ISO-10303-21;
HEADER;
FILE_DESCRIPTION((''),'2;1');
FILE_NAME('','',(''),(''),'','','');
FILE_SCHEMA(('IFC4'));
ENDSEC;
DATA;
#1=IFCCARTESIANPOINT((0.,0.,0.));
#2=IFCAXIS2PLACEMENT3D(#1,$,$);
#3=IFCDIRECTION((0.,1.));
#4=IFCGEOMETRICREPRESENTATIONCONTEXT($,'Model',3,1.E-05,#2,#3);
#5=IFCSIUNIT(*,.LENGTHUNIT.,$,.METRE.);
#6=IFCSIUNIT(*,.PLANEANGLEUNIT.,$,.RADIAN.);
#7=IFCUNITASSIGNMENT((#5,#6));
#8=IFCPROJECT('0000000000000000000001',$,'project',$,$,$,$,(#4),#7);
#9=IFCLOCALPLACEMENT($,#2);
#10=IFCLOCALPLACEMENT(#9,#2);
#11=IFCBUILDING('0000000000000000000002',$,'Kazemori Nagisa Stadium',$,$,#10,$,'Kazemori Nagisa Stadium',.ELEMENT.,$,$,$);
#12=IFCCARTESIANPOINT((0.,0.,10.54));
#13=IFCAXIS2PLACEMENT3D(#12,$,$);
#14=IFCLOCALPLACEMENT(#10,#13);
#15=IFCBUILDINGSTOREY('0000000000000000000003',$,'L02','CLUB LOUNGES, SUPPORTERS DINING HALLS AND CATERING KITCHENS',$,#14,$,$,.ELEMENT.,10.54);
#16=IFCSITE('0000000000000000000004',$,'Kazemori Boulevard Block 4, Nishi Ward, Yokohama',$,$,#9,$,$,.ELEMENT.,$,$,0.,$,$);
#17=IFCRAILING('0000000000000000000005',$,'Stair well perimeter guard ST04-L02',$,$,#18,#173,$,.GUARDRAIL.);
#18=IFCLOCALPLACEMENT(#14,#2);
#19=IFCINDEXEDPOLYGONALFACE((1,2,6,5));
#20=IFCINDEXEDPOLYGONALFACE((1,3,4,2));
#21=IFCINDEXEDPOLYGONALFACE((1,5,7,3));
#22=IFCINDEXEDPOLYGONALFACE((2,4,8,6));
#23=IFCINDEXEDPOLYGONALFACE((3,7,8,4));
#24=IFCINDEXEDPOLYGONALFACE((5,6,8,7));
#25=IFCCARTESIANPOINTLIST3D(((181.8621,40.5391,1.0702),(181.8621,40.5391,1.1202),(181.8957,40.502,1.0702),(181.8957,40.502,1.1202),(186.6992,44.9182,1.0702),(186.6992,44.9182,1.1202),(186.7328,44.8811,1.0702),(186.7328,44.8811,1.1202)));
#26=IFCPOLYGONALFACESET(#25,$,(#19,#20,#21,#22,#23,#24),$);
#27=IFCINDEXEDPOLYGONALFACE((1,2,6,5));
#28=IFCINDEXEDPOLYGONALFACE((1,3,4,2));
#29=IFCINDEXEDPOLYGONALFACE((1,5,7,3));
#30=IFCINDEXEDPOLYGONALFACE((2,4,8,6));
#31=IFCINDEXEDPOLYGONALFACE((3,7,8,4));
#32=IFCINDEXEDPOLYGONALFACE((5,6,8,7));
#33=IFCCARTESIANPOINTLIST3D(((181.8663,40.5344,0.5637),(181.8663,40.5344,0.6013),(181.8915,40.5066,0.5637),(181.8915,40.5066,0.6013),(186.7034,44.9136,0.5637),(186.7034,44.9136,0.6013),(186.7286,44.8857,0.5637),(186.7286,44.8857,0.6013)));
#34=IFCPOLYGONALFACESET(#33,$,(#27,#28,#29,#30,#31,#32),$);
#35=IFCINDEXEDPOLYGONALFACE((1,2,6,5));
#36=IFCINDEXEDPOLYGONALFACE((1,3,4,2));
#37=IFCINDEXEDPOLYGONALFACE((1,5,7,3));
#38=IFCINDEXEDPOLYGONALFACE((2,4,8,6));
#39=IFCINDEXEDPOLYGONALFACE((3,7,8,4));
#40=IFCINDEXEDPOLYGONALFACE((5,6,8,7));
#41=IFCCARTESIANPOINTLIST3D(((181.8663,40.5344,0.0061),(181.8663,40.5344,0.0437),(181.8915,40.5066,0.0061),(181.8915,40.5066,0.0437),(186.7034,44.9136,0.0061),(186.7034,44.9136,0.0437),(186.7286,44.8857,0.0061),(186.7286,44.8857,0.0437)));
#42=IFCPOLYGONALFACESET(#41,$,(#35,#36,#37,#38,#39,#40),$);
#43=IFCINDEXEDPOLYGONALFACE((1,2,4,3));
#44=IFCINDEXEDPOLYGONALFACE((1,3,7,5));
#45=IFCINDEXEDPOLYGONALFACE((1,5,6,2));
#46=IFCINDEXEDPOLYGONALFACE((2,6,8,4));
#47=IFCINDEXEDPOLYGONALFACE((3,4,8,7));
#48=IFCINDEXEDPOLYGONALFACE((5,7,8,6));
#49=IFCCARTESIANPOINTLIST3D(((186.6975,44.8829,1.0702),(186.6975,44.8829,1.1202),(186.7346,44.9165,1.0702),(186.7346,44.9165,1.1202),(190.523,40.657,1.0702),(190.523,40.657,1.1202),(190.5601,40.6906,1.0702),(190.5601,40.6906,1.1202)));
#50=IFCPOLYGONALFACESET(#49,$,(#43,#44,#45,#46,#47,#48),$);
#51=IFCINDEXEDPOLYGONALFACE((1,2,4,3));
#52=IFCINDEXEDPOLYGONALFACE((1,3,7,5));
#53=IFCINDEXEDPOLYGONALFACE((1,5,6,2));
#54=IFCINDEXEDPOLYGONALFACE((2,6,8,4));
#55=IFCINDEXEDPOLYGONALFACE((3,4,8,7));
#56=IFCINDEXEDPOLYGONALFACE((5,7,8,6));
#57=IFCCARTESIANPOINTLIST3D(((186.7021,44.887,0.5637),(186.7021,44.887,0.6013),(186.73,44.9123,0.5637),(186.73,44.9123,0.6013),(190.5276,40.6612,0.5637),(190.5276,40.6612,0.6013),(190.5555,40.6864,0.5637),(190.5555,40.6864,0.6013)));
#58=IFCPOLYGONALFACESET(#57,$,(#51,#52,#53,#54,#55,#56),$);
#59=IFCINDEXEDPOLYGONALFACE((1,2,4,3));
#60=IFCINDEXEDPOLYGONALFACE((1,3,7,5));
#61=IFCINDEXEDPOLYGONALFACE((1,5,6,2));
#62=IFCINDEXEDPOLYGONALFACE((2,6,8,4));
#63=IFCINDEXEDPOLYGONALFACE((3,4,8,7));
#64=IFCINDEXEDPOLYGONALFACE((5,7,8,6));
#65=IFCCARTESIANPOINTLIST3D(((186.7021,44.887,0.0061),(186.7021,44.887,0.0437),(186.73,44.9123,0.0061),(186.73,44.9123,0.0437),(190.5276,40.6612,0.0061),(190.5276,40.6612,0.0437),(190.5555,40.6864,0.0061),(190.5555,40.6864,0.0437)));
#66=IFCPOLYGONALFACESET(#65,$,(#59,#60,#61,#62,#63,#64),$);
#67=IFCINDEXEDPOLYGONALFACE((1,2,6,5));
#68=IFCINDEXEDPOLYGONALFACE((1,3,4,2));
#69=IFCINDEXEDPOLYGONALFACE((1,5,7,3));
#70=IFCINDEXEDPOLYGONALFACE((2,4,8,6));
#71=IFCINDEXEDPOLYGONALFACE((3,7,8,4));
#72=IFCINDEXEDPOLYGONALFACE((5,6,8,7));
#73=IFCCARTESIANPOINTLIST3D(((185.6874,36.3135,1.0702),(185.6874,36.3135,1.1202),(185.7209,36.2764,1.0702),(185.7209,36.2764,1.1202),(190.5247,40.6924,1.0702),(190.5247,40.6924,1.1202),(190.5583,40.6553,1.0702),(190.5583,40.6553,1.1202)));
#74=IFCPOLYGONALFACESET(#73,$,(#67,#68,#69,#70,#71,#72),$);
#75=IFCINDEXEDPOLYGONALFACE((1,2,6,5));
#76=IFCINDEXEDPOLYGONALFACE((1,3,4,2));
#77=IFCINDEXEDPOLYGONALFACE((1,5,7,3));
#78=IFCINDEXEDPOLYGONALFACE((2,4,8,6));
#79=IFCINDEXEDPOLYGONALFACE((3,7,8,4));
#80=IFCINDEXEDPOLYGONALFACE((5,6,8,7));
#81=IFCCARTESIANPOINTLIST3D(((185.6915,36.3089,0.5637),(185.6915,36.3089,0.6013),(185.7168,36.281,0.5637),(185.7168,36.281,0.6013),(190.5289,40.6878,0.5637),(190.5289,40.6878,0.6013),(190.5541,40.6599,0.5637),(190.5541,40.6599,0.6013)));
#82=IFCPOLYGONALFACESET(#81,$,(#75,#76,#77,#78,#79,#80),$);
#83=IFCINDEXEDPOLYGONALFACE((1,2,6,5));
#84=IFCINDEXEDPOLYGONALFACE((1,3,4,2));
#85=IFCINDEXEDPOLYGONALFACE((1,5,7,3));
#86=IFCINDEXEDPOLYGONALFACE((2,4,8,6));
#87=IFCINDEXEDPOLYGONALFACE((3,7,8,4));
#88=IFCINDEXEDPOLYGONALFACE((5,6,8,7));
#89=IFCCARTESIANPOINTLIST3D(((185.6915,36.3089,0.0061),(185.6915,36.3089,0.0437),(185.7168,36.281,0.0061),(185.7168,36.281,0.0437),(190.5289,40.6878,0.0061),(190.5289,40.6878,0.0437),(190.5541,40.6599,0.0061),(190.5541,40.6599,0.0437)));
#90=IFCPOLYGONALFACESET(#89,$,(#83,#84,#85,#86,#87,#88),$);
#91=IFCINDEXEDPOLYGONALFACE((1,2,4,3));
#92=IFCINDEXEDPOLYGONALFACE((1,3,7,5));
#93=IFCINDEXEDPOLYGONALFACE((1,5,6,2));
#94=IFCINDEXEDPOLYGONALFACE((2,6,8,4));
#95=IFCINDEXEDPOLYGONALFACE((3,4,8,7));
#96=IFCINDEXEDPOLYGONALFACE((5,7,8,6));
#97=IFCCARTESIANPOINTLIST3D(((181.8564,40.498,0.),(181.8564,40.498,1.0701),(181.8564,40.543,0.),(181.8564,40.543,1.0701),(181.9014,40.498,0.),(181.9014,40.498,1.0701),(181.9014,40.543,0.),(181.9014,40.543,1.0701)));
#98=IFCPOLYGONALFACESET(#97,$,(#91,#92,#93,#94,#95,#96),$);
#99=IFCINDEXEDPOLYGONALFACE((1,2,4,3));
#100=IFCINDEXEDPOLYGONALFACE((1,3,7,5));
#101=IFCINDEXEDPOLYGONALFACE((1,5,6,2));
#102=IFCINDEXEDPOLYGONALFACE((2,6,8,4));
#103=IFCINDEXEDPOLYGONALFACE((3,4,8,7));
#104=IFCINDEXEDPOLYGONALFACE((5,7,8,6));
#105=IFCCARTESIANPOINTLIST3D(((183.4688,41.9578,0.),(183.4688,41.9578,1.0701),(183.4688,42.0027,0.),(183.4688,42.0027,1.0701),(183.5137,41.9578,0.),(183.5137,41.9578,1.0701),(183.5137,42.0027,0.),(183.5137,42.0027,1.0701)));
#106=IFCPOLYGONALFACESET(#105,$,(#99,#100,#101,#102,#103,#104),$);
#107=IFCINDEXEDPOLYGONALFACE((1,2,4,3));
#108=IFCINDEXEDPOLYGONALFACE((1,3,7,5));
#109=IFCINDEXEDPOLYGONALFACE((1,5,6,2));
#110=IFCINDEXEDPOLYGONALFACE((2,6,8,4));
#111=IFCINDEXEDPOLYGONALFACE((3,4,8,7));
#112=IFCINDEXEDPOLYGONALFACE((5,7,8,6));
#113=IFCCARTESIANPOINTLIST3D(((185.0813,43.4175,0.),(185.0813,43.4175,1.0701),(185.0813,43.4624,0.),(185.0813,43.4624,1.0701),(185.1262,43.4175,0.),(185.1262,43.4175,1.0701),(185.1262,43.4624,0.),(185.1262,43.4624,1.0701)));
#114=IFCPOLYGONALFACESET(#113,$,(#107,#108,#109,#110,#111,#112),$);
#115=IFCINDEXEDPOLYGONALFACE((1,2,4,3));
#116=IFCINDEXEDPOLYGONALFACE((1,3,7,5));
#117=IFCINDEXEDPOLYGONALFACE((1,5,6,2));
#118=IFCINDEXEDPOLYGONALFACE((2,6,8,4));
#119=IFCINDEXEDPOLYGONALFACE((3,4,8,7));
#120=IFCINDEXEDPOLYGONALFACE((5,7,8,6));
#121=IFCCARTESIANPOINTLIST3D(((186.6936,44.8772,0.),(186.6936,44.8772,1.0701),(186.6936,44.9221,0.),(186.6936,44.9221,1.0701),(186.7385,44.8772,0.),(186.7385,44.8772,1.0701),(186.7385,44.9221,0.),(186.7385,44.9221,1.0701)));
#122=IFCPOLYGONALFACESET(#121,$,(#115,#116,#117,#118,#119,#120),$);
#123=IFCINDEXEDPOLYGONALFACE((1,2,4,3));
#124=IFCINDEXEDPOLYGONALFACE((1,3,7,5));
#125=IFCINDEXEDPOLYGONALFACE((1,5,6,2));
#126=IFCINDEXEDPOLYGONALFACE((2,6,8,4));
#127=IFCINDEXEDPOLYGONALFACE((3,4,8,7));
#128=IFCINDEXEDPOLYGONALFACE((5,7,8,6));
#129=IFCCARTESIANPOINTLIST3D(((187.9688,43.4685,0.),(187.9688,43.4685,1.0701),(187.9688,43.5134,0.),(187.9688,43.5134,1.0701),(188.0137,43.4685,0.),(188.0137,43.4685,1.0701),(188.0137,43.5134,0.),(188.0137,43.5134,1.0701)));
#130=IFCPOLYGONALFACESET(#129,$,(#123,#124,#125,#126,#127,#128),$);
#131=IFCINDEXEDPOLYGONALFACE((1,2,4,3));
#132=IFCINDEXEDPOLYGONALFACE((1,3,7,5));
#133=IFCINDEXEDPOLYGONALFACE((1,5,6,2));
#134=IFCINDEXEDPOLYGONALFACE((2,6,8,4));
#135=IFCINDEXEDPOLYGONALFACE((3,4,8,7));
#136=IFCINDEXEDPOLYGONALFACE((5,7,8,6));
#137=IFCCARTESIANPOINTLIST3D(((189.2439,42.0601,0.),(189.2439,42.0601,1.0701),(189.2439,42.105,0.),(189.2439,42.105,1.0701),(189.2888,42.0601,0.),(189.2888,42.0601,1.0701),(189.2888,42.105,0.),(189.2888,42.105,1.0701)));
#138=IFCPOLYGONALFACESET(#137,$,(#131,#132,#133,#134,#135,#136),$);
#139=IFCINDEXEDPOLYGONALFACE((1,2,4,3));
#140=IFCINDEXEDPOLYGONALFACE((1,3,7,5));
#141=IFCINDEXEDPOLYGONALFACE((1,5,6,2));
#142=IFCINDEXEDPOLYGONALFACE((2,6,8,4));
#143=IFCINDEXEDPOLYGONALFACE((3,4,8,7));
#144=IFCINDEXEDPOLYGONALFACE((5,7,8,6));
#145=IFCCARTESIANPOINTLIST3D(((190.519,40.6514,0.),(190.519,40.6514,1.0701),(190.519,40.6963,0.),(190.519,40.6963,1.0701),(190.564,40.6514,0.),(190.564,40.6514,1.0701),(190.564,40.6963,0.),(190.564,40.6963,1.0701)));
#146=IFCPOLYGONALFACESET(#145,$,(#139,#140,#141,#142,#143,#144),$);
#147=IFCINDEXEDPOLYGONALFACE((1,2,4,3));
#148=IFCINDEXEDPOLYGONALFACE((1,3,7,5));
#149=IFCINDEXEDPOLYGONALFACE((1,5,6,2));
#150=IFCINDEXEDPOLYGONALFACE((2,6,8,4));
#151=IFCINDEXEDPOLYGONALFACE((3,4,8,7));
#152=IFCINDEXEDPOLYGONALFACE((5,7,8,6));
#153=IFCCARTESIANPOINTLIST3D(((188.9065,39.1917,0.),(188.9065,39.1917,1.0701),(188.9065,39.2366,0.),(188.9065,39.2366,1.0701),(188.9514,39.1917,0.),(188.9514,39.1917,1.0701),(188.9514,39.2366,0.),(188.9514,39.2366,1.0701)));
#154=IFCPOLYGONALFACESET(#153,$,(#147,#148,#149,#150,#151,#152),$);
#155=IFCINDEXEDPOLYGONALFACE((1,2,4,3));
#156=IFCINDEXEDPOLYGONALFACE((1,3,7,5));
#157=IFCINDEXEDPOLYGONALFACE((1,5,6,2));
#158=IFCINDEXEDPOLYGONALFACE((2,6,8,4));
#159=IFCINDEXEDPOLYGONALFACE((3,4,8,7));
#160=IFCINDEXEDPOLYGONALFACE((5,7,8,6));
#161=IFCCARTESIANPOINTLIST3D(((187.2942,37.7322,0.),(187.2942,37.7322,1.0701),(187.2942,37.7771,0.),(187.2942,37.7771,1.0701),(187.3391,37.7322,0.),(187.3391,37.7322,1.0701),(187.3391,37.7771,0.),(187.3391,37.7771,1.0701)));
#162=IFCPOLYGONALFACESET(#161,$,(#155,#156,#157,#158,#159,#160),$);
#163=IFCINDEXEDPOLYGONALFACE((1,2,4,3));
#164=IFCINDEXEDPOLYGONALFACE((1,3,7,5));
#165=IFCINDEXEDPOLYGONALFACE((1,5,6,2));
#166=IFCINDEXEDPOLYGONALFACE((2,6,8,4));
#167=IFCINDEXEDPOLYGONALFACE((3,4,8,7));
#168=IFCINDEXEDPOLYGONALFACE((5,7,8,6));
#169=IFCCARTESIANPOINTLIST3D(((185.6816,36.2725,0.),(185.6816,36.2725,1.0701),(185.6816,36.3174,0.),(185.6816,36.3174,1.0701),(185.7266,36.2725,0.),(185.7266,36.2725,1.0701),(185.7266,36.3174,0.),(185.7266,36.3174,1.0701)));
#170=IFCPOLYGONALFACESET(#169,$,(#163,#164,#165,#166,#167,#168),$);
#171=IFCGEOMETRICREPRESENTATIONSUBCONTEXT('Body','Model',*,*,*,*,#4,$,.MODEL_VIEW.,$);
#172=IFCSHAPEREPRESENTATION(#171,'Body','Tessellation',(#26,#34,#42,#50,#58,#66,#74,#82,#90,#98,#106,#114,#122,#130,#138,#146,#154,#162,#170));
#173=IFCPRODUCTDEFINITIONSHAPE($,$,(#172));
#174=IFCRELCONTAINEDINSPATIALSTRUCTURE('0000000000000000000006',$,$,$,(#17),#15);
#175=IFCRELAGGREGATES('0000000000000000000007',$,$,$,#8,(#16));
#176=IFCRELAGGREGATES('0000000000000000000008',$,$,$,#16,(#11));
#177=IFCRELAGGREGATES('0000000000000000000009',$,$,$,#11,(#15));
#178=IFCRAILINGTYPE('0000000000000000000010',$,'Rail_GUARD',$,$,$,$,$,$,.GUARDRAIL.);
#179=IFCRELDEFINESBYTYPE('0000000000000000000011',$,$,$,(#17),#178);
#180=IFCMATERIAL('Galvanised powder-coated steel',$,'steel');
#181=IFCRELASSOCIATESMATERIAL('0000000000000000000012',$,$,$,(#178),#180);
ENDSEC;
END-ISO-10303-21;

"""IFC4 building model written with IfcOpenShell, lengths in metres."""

from ifc_helpers import new_model, si_unit, direction, frame, origin, origin_2d, place, context, subcontext, project, spatial, rectangle, extrude, material, type_object, element, save


model = new_model("IFC4")

# Units and contexts
model_context = context("Model", 3, precision=1e-05, world=origin(), true_north=direction((0.0, 1.0)))
body_context = subcontext(model_context, "Body", "Model", "MODEL_VIEW")
ifc_project = project(units=[si_unit("LENGTHUNIT", "METRE"), si_unit("PLANEANGLEUNIT", "RADIAN")], contexts=[model_context])

# Site, building, storey
site_placement = place(None, origin())
site = spatial("IfcSite", under=ifc_project, at=site_placement, Name="Kazemori Boulevard Block 4, Nishi Ward, Yokohama", CompositionType="ELEMENT", RefElevation=0.0)
building_placement = place(site_placement, origin())
building = spatial("IfcBuilding", under=site, at=building_placement, Name="Kazemori Nagisa Stadium", LongName="Kazemori Nagisa Stadium", CompositionType="ELEMENT")
storey_placement = place(building_placement, frame((0.0, 0.0, 10.54)))
storey = spatial("IfcBuildingStorey", under=building, at=storey_placement, Name="L02", Description="CLUB LOUNGES, SUPPORTERS DINING HALLS AND CATERING KITCHENS", CompositionType="ELEMENT", Elevation=10.54)

# Railing
ifc_material_1 = material(Name="Galvanised powder-coated steel", Category="steel")
railing_type_1 = type_object("IfcRailingType", Name="Rail_GUARD", PredefinedType="GUARDRAIL", material=ifc_material_1)
railing_1_placement = place(storey_placement, frame((181.8789, 40.5205, 0.0)))
element("IfcRailing", 1, at=railing_1_placement, inside=storey, type_object=railing_type_1, Name="Stair well perimeter guard ST04-L02", PredefinedType="GUARDRAIL", context=body_context, shape_type="SweptSolid", body=[
    extrude(rectangle(XDim=0.05, YDim=0.05, at=origin_2d()), frame((0.0, 0.0, 1.0952), z_axis=(0.741332, 0.671139, 0.0), x_axis=(-0.671139, 0.741332, 0.0)), (0.0, 0.0, 1.0), 6.5249),
    extrude(rectangle(XDim=0.0376, YDim=0.0376, at=origin_2d()), frame((0.0, 0.0, 0.5825), z_axis=(0.741332, 0.671139, 0.0), x_axis=(-0.671139, 0.741332, 0.0)), (0.0, 0.0, 1.0), 6.5249),
    extrude(rectangle(XDim=0.0376, YDim=0.0376, at=origin_2d()), frame((0.0, 0.0, 0.0249), z_axis=(0.741332, 0.671139, 0.0), x_axis=(-0.671139, 0.741332, 0.0)), (0.0, 0.0, 1.0), 6.5249),
    extrude(rectangle(XDim=0.05, YDim=0.05, at=origin_2d()), frame((4.8372, 4.3792, 1.0952), z_axis=(0.671113, -0.741355, 0.0), x_axis=(0.741355, 0.671113, 0.0)), (0.0, 0.0, 1.0), 5.7002),
    extrude(rectangle(XDim=0.0376, YDim=0.0376, at=origin_2d()), frame((4.8372, 4.3792, 0.5825), z_axis=(0.671113, -0.741355, 0.0), x_axis=(0.741355, 0.671113, 0.0)), (0.0, 0.0, 1.0), 5.7002),
    extrude(rectangle(XDim=0.0376, YDim=0.0376, at=origin_2d()), frame((4.8372, 4.3792, 0.0249), z_axis=(0.671113, -0.741355, 0.0), x_axis=(0.741355, 0.671113, 0.0)), (0.0, 0.0, 1.0), 5.7002),
    extrude(rectangle(XDim=0.05, YDim=0.05, at=origin_2d()), frame((8.6626, 0.1533, 1.0952), z_axis=(-0.741367, -0.671099, 0.0), x_axis=(0.671099, -0.741367, 0.0)), (0.0, 0.0, 1.0), 6.5249),
    extrude(rectangle(XDim=0.0376, YDim=0.0376, at=origin_2d()), frame((8.6626, 0.1533, 0.5825), z_axis=(-0.741367, -0.671099, 0.0), x_axis=(0.671099, -0.741367, 0.0)), (0.0, 0.0, 1.0), 6.5249),
    extrude(rectangle(XDim=0.0376, YDim=0.0376, at=origin_2d()), frame((8.6626, 0.1533, 0.0249), z_axis=(-0.741367, -0.671099, 0.0), x_axis=(0.671099, -0.741367, 0.0)), (0.0, 0.0, 1.0), 6.5249),
    extrude(rectangle(XDim=0.0449, YDim=0.0449, at=origin_2d()), origin(), (0.0, 0.0, 1.0), 1.0701),
    extrude(rectangle(XDim=0.0449, YDim=0.0449, at=origin_2d()), frame((1.6123, 1.4597, 0.0)), (0.0, 0.0, 1.0), 1.0701),
    extrude(rectangle(XDim=0.0449, YDim=0.0449, at=origin_2d()), frame((3.2249, 2.9194, 0.0)), (0.0, 0.0, 1.0), 1.0701),
    extrude(rectangle(XDim=0.0449, YDim=0.0449, at=origin_2d()), frame((4.8372, 4.3792, 0.0)), (0.0, 0.0, 1.0), 1.0701),
    extrude(rectangle(XDim=0.0449, YDim=0.0449, at=origin_2d()), frame((6.1123, 2.9705, 0.0)), (0.0, 0.0, 1.0), 1.0701),
    extrude(rectangle(XDim=0.0449, YDim=0.0449, at=origin_2d()), frame((7.3875, 1.562, 0.0)), (0.0, 0.0, 1.0), 1.0701),
    extrude(rectangle(XDim=0.0449, YDim=0.0449, at=origin_2d()), frame((8.6626, 0.1533, 0.0)), (0.0, 0.0, 1.0), 1.0701),
    extrude(rectangle(XDim=0.0449, YDim=0.0449, at=origin_2d()), frame((7.05, -1.3064, 0.0)), (0.0, 0.0, 1.0), 1.0701),
    extrude(rectangle(XDim=0.0449, YDim=0.0449, at=origin_2d()), frame((5.4377, -2.7659, 0.0)), (0.0, 0.0, 1.0), 1.0701),
    extrude(rectangle(XDim=0.0449, YDim=0.0449, at=origin_2d()), frame((3.8252, -4.2256, 0.0)), (0.0, 0.0, 1.0), 1.0701),
])

save(model, "model.ifc")
